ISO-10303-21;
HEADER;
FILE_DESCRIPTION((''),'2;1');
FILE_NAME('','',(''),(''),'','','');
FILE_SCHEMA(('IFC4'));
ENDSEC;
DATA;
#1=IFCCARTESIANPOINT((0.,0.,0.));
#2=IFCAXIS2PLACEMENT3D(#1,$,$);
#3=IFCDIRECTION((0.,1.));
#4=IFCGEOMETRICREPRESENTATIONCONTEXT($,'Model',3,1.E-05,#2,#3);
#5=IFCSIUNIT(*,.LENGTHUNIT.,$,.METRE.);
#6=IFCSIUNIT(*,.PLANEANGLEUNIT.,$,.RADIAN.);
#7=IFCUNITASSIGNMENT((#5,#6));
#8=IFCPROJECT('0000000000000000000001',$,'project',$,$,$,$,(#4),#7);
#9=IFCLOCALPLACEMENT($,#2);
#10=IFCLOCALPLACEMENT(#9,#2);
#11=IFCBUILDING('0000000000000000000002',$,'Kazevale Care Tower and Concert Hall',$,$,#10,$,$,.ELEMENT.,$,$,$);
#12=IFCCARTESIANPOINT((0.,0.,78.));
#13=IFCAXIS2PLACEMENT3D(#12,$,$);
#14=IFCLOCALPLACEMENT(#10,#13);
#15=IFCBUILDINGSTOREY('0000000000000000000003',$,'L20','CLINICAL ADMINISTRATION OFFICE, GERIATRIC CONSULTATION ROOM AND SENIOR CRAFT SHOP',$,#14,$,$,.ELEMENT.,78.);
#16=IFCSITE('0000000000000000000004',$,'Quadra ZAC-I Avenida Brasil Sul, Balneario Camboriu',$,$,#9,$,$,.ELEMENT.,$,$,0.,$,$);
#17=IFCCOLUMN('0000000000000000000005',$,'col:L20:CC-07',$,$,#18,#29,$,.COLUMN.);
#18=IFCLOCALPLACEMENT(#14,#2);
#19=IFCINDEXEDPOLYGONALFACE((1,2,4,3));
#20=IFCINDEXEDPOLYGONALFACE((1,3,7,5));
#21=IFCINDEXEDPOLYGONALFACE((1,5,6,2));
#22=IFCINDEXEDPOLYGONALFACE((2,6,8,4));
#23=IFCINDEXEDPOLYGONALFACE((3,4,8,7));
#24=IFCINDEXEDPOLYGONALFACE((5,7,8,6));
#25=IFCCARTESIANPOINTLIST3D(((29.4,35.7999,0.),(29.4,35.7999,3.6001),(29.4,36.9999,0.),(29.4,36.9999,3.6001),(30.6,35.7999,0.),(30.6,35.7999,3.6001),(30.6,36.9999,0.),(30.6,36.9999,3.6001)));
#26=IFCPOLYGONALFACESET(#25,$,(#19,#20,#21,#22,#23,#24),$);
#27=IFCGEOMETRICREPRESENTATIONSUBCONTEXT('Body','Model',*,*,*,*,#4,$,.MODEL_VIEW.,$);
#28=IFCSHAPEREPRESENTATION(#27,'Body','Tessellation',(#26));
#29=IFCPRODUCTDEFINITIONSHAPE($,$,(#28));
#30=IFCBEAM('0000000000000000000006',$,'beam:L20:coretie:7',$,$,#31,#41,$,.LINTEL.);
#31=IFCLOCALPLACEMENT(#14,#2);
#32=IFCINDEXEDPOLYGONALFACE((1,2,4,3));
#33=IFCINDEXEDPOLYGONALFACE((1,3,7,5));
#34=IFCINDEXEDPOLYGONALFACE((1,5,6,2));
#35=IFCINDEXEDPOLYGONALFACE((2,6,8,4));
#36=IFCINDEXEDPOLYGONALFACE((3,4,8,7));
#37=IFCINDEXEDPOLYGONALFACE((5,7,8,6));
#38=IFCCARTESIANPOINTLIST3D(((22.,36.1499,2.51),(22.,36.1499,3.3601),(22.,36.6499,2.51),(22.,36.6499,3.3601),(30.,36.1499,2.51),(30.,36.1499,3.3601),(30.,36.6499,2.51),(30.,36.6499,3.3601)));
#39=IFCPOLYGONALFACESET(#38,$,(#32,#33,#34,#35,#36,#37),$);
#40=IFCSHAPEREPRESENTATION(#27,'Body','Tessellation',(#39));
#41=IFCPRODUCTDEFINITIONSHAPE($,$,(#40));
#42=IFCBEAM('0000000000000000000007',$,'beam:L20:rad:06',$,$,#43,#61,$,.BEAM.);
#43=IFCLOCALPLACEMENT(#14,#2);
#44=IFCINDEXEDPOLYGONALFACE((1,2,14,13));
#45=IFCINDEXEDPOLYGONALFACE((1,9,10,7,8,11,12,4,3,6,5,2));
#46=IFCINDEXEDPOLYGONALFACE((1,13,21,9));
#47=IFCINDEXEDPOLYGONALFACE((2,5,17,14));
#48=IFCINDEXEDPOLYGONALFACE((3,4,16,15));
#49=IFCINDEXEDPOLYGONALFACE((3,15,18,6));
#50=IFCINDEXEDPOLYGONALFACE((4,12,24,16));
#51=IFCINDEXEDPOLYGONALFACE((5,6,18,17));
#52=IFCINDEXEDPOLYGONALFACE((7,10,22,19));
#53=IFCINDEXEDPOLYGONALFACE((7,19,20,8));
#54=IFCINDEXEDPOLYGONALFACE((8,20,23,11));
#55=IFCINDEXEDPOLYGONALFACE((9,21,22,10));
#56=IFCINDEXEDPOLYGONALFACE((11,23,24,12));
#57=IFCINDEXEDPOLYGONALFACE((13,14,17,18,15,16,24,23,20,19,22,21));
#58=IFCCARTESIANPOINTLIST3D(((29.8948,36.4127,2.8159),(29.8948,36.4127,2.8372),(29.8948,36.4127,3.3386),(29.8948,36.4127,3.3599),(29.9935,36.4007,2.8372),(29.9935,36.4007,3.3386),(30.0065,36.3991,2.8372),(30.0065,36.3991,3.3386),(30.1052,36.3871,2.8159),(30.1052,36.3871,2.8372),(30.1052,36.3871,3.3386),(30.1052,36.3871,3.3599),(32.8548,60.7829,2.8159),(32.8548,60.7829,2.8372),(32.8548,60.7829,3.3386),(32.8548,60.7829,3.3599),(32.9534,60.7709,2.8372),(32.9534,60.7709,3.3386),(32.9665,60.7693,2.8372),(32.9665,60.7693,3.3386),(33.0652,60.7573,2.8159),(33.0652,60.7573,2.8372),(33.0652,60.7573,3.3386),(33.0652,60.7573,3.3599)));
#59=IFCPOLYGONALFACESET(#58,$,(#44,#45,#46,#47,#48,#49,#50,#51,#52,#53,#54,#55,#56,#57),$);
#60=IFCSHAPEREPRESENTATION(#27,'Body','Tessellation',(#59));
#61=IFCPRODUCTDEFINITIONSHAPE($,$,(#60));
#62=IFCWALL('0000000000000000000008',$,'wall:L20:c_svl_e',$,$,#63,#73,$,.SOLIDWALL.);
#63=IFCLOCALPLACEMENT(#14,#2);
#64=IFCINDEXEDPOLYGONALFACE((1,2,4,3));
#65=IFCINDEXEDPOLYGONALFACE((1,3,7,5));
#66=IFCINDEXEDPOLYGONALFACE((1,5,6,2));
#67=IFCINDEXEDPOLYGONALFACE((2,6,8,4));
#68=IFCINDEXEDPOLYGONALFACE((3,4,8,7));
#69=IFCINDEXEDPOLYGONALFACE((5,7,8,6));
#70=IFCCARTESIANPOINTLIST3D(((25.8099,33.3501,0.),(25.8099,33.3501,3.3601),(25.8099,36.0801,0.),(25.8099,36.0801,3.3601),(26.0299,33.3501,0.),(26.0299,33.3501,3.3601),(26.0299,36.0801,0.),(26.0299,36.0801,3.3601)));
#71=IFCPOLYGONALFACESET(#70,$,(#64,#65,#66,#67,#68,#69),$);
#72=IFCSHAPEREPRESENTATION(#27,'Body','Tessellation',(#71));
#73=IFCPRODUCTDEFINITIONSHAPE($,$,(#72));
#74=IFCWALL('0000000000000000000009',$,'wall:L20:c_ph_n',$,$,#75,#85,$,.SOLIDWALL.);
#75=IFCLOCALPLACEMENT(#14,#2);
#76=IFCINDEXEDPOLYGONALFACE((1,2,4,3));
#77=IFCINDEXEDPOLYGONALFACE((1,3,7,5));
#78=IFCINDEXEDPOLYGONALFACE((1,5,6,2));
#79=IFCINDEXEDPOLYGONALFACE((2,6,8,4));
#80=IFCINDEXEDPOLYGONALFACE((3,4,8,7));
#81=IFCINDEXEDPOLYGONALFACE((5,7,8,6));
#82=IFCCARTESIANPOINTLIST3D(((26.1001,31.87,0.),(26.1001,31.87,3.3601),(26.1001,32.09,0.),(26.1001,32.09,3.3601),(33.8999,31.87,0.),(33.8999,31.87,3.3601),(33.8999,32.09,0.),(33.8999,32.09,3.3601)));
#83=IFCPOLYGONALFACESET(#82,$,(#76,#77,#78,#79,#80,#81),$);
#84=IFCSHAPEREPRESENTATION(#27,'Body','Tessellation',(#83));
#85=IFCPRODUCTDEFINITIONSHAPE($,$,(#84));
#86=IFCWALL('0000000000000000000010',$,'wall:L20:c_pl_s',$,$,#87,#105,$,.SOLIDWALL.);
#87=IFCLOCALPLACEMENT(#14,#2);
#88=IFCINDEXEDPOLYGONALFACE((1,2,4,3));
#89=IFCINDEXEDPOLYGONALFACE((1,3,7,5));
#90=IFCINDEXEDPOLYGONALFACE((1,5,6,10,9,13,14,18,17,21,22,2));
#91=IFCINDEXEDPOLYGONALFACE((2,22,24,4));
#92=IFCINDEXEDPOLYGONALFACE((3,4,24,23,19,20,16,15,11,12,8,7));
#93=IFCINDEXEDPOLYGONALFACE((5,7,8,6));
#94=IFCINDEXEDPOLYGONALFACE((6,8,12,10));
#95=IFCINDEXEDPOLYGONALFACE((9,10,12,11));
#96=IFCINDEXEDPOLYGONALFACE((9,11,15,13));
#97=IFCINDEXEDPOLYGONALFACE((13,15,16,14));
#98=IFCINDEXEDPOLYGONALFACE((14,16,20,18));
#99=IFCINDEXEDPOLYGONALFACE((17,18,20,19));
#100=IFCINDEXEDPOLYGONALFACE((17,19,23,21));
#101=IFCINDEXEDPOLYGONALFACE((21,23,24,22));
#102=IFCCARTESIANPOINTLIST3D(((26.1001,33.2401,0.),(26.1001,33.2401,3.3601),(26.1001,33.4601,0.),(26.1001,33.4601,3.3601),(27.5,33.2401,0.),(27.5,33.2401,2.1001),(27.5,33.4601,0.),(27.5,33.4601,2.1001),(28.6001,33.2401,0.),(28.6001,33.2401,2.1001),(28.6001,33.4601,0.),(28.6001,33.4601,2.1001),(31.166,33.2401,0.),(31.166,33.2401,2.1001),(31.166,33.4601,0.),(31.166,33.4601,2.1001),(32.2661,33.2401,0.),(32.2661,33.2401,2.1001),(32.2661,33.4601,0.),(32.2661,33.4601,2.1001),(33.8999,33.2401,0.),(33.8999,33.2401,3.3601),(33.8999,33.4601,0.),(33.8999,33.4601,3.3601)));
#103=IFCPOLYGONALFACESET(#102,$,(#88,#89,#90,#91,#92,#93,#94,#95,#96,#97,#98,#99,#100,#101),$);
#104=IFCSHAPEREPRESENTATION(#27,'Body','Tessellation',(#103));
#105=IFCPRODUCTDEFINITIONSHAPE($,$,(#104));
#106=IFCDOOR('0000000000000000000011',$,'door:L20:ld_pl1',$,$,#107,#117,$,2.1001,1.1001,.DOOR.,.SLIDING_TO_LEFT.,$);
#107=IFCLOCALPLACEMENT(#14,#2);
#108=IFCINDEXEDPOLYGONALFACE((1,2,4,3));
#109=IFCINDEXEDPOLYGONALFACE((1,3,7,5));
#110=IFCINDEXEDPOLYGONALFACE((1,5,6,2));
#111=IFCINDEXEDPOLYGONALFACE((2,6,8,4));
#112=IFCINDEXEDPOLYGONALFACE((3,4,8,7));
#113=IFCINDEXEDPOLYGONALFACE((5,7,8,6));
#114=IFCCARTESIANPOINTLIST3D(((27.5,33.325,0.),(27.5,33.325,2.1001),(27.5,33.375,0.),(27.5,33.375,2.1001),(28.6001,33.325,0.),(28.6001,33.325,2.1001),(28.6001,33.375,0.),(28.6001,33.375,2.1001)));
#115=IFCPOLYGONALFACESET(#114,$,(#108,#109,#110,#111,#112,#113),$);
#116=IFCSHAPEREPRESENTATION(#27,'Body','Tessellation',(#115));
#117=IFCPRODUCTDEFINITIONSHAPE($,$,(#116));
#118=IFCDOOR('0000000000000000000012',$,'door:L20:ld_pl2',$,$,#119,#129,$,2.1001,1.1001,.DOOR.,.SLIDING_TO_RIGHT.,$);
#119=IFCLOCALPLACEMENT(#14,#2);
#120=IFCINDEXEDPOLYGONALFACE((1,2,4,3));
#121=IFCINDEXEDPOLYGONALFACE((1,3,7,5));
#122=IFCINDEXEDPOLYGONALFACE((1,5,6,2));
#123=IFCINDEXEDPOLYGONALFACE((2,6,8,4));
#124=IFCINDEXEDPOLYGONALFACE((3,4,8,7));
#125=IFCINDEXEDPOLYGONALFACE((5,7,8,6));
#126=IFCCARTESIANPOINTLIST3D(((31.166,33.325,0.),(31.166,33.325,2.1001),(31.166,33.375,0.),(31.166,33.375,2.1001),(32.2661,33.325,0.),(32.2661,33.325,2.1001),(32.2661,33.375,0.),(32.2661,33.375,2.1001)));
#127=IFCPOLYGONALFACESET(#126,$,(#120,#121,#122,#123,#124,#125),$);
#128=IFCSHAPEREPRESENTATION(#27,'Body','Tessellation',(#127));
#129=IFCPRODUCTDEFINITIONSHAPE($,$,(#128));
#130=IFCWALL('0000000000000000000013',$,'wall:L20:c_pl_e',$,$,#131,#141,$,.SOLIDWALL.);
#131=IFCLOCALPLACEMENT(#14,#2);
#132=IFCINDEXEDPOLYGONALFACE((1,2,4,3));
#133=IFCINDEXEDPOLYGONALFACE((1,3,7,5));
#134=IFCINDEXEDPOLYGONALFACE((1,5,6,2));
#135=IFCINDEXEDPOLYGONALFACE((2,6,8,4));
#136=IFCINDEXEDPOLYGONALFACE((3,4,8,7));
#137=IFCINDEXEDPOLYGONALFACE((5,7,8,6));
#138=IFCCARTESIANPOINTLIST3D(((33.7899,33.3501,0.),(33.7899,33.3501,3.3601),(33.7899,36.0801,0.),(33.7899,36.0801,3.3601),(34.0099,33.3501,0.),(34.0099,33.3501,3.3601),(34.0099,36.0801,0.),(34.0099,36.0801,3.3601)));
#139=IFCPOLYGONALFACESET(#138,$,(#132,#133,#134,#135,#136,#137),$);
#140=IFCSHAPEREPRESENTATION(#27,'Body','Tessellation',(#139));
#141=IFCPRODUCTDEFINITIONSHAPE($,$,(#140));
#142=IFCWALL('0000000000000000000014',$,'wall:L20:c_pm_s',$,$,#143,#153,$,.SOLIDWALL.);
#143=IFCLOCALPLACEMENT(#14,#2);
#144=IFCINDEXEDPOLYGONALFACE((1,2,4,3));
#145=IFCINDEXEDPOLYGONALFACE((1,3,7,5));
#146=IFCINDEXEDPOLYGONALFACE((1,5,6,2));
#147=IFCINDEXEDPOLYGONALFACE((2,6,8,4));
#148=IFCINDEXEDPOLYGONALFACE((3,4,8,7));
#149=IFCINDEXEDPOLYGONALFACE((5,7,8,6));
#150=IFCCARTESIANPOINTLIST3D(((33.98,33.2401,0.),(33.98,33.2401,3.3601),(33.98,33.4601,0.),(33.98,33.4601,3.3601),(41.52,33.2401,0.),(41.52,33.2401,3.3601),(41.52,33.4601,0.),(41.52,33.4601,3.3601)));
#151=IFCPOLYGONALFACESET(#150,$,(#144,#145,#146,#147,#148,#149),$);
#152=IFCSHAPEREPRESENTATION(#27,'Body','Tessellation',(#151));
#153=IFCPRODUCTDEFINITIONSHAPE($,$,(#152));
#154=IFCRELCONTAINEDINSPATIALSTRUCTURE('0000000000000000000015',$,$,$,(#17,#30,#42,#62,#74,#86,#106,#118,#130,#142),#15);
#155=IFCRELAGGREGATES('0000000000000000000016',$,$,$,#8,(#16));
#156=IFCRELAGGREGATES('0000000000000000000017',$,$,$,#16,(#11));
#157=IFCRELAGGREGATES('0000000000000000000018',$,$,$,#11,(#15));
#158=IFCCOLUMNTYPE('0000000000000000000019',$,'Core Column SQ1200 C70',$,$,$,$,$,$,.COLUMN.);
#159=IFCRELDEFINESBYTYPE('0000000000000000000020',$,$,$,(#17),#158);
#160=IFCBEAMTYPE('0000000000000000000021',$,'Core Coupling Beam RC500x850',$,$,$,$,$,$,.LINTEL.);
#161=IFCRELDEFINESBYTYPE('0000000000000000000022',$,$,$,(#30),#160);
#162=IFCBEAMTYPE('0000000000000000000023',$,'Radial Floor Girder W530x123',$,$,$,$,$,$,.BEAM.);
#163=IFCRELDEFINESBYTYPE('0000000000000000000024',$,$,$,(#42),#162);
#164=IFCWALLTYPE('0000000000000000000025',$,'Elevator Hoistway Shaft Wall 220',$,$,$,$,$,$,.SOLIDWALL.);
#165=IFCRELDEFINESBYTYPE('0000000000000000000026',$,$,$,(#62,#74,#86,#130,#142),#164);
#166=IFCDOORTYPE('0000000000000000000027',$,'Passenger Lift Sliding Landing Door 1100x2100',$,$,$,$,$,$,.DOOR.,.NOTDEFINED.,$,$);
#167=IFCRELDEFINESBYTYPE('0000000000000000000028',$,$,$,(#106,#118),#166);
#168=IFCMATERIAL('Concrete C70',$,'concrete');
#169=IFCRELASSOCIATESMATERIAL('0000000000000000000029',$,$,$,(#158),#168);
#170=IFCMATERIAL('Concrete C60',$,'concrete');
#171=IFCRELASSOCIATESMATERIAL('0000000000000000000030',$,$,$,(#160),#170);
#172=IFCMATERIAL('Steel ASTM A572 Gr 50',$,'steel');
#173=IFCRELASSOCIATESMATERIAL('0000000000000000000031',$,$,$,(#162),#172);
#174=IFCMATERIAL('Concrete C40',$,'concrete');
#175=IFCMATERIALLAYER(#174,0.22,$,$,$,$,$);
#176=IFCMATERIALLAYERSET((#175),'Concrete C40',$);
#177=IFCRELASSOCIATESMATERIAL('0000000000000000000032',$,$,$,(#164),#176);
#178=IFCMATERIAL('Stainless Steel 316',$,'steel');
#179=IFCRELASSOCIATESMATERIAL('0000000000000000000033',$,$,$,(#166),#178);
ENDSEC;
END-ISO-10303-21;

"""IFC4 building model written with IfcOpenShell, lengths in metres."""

from ifc_helpers import new_model, si_unit, direction, frame, frame_2d, origin, origin_2d, place, context, subcontext, project, spatial, rectangle, i_section, extrude, material, layer, layer_set, material_profile, profile_set, type_object, element, fill, save


model = new_model("IFC4")

# Units and contexts
model_context = context("Model", 3, precision=1e-05, world=origin(), true_north=direction((0.0, 1.0)))
body_context = subcontext(model_context, "Body", "Model", "MODEL_VIEW")
ifc_project = project(units=[si_unit("LENGTHUNIT", "METRE"), si_unit("PLANEANGLEUNIT", "RADIAN")], contexts=[model_context])

# Site, building, storey
site_placement = place(None, origin())
site = spatial("IfcSite", under=ifc_project, at=site_placement, Name="Quadra ZAC-I Avenida Brasil Sul, Balneario Camboriu", CompositionType="ELEMENT", RefElevation=0.0)
building_placement = place(site_placement, origin())
building = spatial("IfcBuilding", under=site, at=building_placement, Name="Kazevale Care Tower and Concert Hall", CompositionType="ELEMENT")
storey_placement = place(building_placement, frame((0.0, 0.0, 78.0)))
storey = spatial("IfcBuildingStorey", under=building, at=storey_placement, Name="L20", Description="CLINICAL ADMINISTRATION OFFICE, GERIATRIC CONSULTATION ROOM AND SENIOR CRAFT SHOP", CompositionType="ELEMENT", Elevation=78.0)

# Column
ifc_material_1 = material(Name="Concrete C70", Category="concrete")
ifc_material_profile_1 = material_profile(ifc_material_1, rectangle(XDim=1.2, YDim=1.2, at=origin_2d()), Name="RC-SQ1200")
ifc_profile_set_1 = profile_set([ifc_material_profile_1], Name="Concrete C70")
column_type = type_object("IfcColumnType", Name="Core Column SQ1200 C70", PredefinedType="COLUMN", material=ifc_profile_set_1)
column_placement = place(storey_placement, frame((30.0, 36.3999, 0.0), z_axis=(0.0, 0.0, 1.0), x_axis=(1.0, 0.0, 0.0)))
element("IfcColumn", 1, at=column_placement, inside=storey, type_object=column_type, Name="col:L20:CC-07", PredefinedType="COLUMN", context=body_context, shape_type="SweptSolid", body=[
    extrude(rectangle(XDim=1.2, YDim=1.2, at=origin_2d()), origin(), (0.0, 0.0, 1.0), 3.6001),
])

# Beams
ifc_material_2 = material(Name="Concrete C60", Category="concrete")
ifc_material_profile_2 = material_profile(ifc_material_2, rectangle(XDim=0.5, YDim=0.8501, at=origin_2d()), Name="RC-B500x850")
ifc_profile_set_2 = profile_set([ifc_material_profile_2], Name="Concrete C60")
beam_type_1 = type_object("IfcBeamType", Name="Core Coupling Beam RC500x850", PredefinedType="LINTEL", material=ifc_profile_set_2)
beam_1_placement = place(storey_placement, frame((30.0, 36.3999, 2.9351), z_axis=(-1.0, 0.0, 0.0), x_axis=(0.0, -1.0, 0.0)))
element("IfcBeam", 2, at=beam_1_placement, inside=storey, type_object=beam_type_1, Name="beam:L20:coretie:7", PredefinedType="LINTEL", context=body_context, shape_type="SweptSolid", body=[
    extrude(rectangle(XDim=0.5, YDim=0.8501, at=origin_2d()), origin(), (0.0, 0.0, 1.0), 8.0),
])
ifc_material_3 = material(Name="Steel ASTM A572 Gr 50", Category="steel")
ifc_material_profile_3 = material_profile(ifc_material_3, i_section(OverallWidth=0.2119, OverallDepth=0.5439, WebThickness=0.0132, FlangeThickness=0.0212, at=origin_2d()), Name="W530x123")
ifc_profile_set_3 = profile_set([ifc_material_profile_3], Name="Steel ASTM A572 Gr 50")
beam_type_2 = type_object("IfcBeamType", Name="Radial Floor Girder W530x123", PredefinedType="BEAM", material=ifc_profile_set_3)
beam_2_placement = place(storey_placement, frame((30.0, 36.3999, 3.0879), z_axis=(0.120573, 0.992705, 0.0), x_axis=(-0.992705, 0.120573, 0.0)))
element("IfcBeam", 3, at=beam_2_placement, inside=storey, type_object=beam_type_2, Name="beam:L20:rad:06", PredefinedType="BEAM", context=body_context, shape_type="SweptSolid", body=[
    extrude(i_section(OverallWidth=0.2119, OverallDepth=0.5439, WebThickness=0.0132, FlangeThickness=0.0212, at=origin_2d()), origin(), (0.0, 0.0, 1.0), 24.5493),
])

# Walls
ifc_material_4 = material(Name="Concrete C40", Category="concrete")
ifc_layer_1 = layer(ifc_material_4, 0.22)
ifc_layer_set_1 = layer_set([ifc_layer_1], Name="Concrete C40")
wall_type_1 = type_object("IfcWallType", Name="Elevator Hoistway Shaft Wall 220", PredefinedType="SOLIDWALL", material=ifc_layer_set_1)
wall_1_placement = place(storey_placement, frame((25.9199, 33.3501, 0.0), z_axis=(0.0, 0.0, 1.0), x_axis=(0.0, 1.0, 0.0)))
element("IfcWall", 4, at=wall_1_placement, inside=storey, type_object=wall_type_1, Name="wall:L20:c_svl_e", PredefinedType="SOLIDWALL", context=body_context, shape_type="SweptSolid", body=[
    extrude(rectangle(XDim=2.73, YDim=0.22, at=frame_2d((1.365, 0.0))), origin(), (0.0, 0.0, 1.0), 3.3601),
])
wall_2_placement = place(storey_placement, frame((26.1001, 31.98, 0.0), z_axis=(0.0, 0.0, 1.0), x_axis=(1.0, 0.0, 0.0)))
element("IfcWall", 5, at=wall_2_placement, inside=storey, type_object=wall_type_1, Name="wall:L20:c_ph_n", PredefinedType="SOLIDWALL", context=body_context, shape_type="SweptSolid", body=[
    extrude(rectangle(XDim=7.7998, YDim=0.22, at=frame_2d((3.8999, 0.0))), origin(), (0.0, 0.0, 1.0), 3.3601),
])

# Wall, openings, doors
wall_3_placement = place(storey_placement, frame((26.1001, 33.3501, 0.0), z_axis=(0.0, 0.0, 1.0), x_axis=(1.0, 0.0, 0.0)))
wall_3 = element("IfcWall", 6, at=wall_3_placement, inside=storey, type_object=wall_type_1, Name="wall:L20:c_pl_s", PredefinedType="SOLIDWALL", context=body_context, shape_type="SweptSolid", body=[
    extrude(rectangle(XDim=7.7998, YDim=0.22, at=frame_2d((3.8999, 0.0))), origin(), (0.0, 0.0, 1.0), 3.3601),
])
opening_1_placement = place(wall_3_placement, frame((1.3999, 0.0, 0.0)))
opening_1 = element("IfcOpeningElement", 7, at=opening_1_placement, cuts=wall_3, PredefinedType="OPENING", context=body_context, shape_type="SweptSolid", body=[
    extrude(rectangle(XDim=1.1001, YDim=2.1001, at=frame_2d((0.55, 1.05))), frame((0.0, 0.1199, 0.0), z_axis=(0.0, -1.0, 0.0), x_axis=(1.0, 0.0, 0.0)), (0.0, 0.0, 1.0), 0.24),
])
opening_2_placement = place(wall_3_placement, frame((5.0659, 0.0, 0.0)))
opening_2 = element("IfcOpeningElement", 8, at=opening_2_placement, cuts=wall_3, PredefinedType="OPENING", context=body_context, shape_type="SweptSolid", body=[
    extrude(rectangle(XDim=1.1001, YDim=2.1001, at=frame_2d((0.55, 1.05))), frame((0.0, 0.1199, 0.0), z_axis=(0.0, -1.0, 0.0), x_axis=(1.0, 0.0, 0.0)), (0.0, 0.0, 1.0), 0.24),
])
ifc_material_5 = material(Name="Stainless Steel 316", Category="steel")
door_type_1 = type_object("IfcDoorType", Name="Passenger Lift Sliding Landing Door 1100x2100", OperationType="NOTDEFINED", PredefinedType="DOOR", material=ifc_material_5)
door_1_placement = place(opening_1_placement, origin())
door_1 = element("IfcDoor", 9, at=door_1_placement, inside=storey, type_object=door_type_1, Name="door:L20:ld_pl1", OperationType="SLIDING_TO_LEFT", OverallHeight=2.1001, OverallWidth=1.1001, PredefinedType="DOOR", context=body_context, shape_type="SweptSolid", body=[
    extrude(rectangle(XDim=1.1001, YDim=2.1001, at=frame_2d((0.55, 1.05))), frame((0.0, 0.0249, 0.0), z_axis=(0.0, -1.0, 0.0), x_axis=(1.0, 0.0, 0.0)), (0.0, 0.0, 1.0), 0.05),
])
fill(opening_1, door_1)
door_2_placement = place(opening_2_placement, origin())
door_2 = element("IfcDoor", 10, at=door_2_placement, inside=storey, type_object=door_type_1, Name="door:L20:ld_pl2", OperationType="SLIDING_TO_RIGHT", OverallHeight=2.1001, OverallWidth=1.1001, PredefinedType="DOOR", context=body_context, shape_type="SweptSolid", body=[
    extrude(rectangle(XDim=1.1001, YDim=2.1001, at=frame_2d((0.55, 1.05))), frame((0.0, 0.0249, 0.0), z_axis=(0.0, -1.0, 0.0), x_axis=(1.0, 0.0, 0.0)), (0.0, 0.0, 1.0), 0.05),
])
fill(opening_2, door_2)

# Walls
wall_4_placement = place(storey_placement, frame((33.8999, 33.3501, 0.0), z_axis=(0.0, 0.0, 1.0), x_axis=(0.0, 1.0, 0.0)))
element("IfcWall", 11, at=wall_4_placement, inside=storey, type_object=wall_type_1, Name="wall:L20:c_pl_e", PredefinedType="SOLIDWALL", context=body_context, shape_type="SweptSolid", body=[
    extrude(rectangle(XDim=2.73, YDim=0.22, at=frame_2d((1.365, 0.0))), origin(), (0.0, 0.0, 1.0), 3.3601),
])
wall_5_placement = place(storey_placement, frame((33.98, 33.3501, 0.0), z_axis=(0.0, 0.0, 1.0), x_axis=(1.0, 0.0, 0.0)))
element("IfcWall", 12, at=wall_5_placement, inside=storey, type_object=wall_type_1, Name="wall:L20:c_pm_s", PredefinedType="SOLIDWALL", context=body_context, shape_type="SweptSolid", body=[
    extrude(rectangle(XDim=7.54, YDim=0.22, at=frame_2d((3.77, 0.0))), origin(), (0.0, 0.0, 1.0), 3.3601),
])

save(model, "model.ifc")
